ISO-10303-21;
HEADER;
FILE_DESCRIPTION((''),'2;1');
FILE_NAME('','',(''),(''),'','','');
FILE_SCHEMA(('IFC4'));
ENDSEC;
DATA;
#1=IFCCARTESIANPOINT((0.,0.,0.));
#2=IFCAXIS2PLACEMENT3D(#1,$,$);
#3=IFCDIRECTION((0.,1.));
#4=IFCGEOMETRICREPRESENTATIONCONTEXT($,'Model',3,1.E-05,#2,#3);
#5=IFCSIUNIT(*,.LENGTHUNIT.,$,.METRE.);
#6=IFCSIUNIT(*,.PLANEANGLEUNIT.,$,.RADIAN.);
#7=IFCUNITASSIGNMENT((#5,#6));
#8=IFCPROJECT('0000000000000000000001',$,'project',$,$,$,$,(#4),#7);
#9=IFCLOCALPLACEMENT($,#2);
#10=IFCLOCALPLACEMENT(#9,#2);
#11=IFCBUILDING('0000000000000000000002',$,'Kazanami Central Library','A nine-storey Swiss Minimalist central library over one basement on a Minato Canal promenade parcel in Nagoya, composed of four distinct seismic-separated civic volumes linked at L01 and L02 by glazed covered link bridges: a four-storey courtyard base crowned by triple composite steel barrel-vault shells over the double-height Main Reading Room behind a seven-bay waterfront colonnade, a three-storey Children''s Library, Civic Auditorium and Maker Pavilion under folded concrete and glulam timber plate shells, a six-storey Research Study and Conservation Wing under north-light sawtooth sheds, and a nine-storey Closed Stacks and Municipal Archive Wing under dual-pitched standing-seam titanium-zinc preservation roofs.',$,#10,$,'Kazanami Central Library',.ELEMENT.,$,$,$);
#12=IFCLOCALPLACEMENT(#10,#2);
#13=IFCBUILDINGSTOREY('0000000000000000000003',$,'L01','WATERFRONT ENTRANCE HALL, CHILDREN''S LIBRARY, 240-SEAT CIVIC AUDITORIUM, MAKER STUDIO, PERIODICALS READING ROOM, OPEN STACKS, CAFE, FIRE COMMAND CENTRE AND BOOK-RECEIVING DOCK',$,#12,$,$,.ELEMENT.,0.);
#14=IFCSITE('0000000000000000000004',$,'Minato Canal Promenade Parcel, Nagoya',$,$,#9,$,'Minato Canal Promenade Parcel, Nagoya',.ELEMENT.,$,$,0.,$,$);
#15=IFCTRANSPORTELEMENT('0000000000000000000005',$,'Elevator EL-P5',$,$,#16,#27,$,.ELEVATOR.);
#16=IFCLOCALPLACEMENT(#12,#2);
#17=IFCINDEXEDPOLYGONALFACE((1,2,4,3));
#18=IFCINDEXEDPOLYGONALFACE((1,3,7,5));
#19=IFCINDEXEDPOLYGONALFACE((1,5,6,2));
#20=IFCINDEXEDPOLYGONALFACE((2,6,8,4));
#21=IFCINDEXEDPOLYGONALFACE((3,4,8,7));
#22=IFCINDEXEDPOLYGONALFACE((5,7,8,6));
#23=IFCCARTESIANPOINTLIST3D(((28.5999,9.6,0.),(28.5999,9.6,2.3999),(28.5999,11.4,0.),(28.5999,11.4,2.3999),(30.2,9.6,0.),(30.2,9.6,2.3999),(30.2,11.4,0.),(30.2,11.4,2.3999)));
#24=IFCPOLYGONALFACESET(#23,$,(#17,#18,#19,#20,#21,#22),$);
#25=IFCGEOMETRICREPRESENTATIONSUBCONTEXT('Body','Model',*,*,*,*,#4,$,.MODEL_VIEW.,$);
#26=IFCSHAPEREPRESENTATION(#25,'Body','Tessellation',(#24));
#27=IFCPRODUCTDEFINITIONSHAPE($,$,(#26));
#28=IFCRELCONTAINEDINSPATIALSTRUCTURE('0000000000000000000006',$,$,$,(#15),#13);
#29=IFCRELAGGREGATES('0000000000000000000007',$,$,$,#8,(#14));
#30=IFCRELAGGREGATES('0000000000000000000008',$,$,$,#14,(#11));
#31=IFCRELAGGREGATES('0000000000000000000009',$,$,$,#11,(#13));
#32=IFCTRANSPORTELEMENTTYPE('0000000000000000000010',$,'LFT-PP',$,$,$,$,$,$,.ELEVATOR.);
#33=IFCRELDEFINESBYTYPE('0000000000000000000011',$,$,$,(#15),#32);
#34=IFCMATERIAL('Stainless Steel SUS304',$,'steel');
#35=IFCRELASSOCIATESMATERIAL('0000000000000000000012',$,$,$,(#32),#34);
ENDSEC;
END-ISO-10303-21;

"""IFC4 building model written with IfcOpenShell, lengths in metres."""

from ifc_helpers import new_model, si_unit, direction, frame, origin, origin_2d, place, context, subcontext, project, spatial, rectangle, extrude, material, type_object, element, save


model = new_model("IFC4")

# Units and contexts
model_context = context("Model", 3, precision=1e-05, world=origin(), true_north=direction((0.0, 1.0)))
body_context = subcontext(model_context, "Body", "Model", "MODEL_VIEW")
ifc_project = project(units=[si_unit("LENGTHUNIT", "METRE"), si_unit("PLANEANGLEUNIT", "RADIAN")], contexts=[model_context])

# Site, building, storey
site_placement = place(None, origin())
site = spatial("IfcSite", under=ifc_project, at=site_placement, Name="Minato Canal Promenade Parcel, Nagoya", LongName="Minato Canal Promenade Parcel, Nagoya", CompositionType="ELEMENT", RefElevation=0.0)
building_placement = place(site_placement, origin())
building = spatial("IfcBuilding", under=site, at=building_placement, Name="Kazanami Central Library", Description="A nine-storey Swiss Minimalist central library over one basement on a Minato Canal promenade parcel in Nagoya, composed of four distinct seismic-separated civic volumes linked at L01 and L02 by glazed covered link bridges: a four-storey courtyard base crowned by triple composite steel barrel-vault shells over the double-height Main Reading Room behind a seven-bay waterfront colonnade, a three-storey Children's Library, Civic Auditorium and Maker Pavilion under folded concrete and glulam timber plate shells, a six-storey Research Study and Conservation Wing under north-light sawtooth sheds, and a nine-storey Closed Stacks and Municipal Archive Wing under dual-pitched standing-seam titanium-zinc preservation roofs.", LongName="Kazanami Central Library", CompositionType="ELEMENT")
storey_placement = place(building_placement, origin())
storey = spatial("IfcBuildingStorey", under=building, at=storey_placement, Name="L01", Description="WATERFRONT ENTRANCE HALL, CHILDREN'S LIBRARY, 240-SEAT CIVIC AUDITORIUM, MAKER STUDIO, PERIODICALS READING ROOM, OPEN STACKS, CAFE, FIRE COMMAND CENTRE AND BOOK-RECEIVING DOCK", CompositionType="ELEMENT", Elevation=0.0)

# Shared definitions
ifc_material_1 = material(Name="Stainless Steel SUS304", Category="steel")

# Transport element
transport_element_type = type_object("IfcTransportElementType", Name="LFT-PP", PredefinedType="ELEVATOR", material=ifc_material_1)
transport_element_placement = place(storey_placement, frame((29.3999, 10.5, 0.0), z_axis=(0.0, 0.0, 1.0), x_axis=(1.0, 0.0, 0.0)))
element("IfcTransportElement", 1, at=transport_element_placement, inside=storey, type_object=transport_element_type, Name="Elevator EL-P5", PredefinedType="ELEVATOR", context=body_context, shape_type="SweptSolid", body=[
    extrude(rectangle(XDim=1.6001, YDim=1.8, at=origin_2d()), origin(), (0.0, 0.0, 1.0), 2.3999),
])

save(model, "model.ifc")
